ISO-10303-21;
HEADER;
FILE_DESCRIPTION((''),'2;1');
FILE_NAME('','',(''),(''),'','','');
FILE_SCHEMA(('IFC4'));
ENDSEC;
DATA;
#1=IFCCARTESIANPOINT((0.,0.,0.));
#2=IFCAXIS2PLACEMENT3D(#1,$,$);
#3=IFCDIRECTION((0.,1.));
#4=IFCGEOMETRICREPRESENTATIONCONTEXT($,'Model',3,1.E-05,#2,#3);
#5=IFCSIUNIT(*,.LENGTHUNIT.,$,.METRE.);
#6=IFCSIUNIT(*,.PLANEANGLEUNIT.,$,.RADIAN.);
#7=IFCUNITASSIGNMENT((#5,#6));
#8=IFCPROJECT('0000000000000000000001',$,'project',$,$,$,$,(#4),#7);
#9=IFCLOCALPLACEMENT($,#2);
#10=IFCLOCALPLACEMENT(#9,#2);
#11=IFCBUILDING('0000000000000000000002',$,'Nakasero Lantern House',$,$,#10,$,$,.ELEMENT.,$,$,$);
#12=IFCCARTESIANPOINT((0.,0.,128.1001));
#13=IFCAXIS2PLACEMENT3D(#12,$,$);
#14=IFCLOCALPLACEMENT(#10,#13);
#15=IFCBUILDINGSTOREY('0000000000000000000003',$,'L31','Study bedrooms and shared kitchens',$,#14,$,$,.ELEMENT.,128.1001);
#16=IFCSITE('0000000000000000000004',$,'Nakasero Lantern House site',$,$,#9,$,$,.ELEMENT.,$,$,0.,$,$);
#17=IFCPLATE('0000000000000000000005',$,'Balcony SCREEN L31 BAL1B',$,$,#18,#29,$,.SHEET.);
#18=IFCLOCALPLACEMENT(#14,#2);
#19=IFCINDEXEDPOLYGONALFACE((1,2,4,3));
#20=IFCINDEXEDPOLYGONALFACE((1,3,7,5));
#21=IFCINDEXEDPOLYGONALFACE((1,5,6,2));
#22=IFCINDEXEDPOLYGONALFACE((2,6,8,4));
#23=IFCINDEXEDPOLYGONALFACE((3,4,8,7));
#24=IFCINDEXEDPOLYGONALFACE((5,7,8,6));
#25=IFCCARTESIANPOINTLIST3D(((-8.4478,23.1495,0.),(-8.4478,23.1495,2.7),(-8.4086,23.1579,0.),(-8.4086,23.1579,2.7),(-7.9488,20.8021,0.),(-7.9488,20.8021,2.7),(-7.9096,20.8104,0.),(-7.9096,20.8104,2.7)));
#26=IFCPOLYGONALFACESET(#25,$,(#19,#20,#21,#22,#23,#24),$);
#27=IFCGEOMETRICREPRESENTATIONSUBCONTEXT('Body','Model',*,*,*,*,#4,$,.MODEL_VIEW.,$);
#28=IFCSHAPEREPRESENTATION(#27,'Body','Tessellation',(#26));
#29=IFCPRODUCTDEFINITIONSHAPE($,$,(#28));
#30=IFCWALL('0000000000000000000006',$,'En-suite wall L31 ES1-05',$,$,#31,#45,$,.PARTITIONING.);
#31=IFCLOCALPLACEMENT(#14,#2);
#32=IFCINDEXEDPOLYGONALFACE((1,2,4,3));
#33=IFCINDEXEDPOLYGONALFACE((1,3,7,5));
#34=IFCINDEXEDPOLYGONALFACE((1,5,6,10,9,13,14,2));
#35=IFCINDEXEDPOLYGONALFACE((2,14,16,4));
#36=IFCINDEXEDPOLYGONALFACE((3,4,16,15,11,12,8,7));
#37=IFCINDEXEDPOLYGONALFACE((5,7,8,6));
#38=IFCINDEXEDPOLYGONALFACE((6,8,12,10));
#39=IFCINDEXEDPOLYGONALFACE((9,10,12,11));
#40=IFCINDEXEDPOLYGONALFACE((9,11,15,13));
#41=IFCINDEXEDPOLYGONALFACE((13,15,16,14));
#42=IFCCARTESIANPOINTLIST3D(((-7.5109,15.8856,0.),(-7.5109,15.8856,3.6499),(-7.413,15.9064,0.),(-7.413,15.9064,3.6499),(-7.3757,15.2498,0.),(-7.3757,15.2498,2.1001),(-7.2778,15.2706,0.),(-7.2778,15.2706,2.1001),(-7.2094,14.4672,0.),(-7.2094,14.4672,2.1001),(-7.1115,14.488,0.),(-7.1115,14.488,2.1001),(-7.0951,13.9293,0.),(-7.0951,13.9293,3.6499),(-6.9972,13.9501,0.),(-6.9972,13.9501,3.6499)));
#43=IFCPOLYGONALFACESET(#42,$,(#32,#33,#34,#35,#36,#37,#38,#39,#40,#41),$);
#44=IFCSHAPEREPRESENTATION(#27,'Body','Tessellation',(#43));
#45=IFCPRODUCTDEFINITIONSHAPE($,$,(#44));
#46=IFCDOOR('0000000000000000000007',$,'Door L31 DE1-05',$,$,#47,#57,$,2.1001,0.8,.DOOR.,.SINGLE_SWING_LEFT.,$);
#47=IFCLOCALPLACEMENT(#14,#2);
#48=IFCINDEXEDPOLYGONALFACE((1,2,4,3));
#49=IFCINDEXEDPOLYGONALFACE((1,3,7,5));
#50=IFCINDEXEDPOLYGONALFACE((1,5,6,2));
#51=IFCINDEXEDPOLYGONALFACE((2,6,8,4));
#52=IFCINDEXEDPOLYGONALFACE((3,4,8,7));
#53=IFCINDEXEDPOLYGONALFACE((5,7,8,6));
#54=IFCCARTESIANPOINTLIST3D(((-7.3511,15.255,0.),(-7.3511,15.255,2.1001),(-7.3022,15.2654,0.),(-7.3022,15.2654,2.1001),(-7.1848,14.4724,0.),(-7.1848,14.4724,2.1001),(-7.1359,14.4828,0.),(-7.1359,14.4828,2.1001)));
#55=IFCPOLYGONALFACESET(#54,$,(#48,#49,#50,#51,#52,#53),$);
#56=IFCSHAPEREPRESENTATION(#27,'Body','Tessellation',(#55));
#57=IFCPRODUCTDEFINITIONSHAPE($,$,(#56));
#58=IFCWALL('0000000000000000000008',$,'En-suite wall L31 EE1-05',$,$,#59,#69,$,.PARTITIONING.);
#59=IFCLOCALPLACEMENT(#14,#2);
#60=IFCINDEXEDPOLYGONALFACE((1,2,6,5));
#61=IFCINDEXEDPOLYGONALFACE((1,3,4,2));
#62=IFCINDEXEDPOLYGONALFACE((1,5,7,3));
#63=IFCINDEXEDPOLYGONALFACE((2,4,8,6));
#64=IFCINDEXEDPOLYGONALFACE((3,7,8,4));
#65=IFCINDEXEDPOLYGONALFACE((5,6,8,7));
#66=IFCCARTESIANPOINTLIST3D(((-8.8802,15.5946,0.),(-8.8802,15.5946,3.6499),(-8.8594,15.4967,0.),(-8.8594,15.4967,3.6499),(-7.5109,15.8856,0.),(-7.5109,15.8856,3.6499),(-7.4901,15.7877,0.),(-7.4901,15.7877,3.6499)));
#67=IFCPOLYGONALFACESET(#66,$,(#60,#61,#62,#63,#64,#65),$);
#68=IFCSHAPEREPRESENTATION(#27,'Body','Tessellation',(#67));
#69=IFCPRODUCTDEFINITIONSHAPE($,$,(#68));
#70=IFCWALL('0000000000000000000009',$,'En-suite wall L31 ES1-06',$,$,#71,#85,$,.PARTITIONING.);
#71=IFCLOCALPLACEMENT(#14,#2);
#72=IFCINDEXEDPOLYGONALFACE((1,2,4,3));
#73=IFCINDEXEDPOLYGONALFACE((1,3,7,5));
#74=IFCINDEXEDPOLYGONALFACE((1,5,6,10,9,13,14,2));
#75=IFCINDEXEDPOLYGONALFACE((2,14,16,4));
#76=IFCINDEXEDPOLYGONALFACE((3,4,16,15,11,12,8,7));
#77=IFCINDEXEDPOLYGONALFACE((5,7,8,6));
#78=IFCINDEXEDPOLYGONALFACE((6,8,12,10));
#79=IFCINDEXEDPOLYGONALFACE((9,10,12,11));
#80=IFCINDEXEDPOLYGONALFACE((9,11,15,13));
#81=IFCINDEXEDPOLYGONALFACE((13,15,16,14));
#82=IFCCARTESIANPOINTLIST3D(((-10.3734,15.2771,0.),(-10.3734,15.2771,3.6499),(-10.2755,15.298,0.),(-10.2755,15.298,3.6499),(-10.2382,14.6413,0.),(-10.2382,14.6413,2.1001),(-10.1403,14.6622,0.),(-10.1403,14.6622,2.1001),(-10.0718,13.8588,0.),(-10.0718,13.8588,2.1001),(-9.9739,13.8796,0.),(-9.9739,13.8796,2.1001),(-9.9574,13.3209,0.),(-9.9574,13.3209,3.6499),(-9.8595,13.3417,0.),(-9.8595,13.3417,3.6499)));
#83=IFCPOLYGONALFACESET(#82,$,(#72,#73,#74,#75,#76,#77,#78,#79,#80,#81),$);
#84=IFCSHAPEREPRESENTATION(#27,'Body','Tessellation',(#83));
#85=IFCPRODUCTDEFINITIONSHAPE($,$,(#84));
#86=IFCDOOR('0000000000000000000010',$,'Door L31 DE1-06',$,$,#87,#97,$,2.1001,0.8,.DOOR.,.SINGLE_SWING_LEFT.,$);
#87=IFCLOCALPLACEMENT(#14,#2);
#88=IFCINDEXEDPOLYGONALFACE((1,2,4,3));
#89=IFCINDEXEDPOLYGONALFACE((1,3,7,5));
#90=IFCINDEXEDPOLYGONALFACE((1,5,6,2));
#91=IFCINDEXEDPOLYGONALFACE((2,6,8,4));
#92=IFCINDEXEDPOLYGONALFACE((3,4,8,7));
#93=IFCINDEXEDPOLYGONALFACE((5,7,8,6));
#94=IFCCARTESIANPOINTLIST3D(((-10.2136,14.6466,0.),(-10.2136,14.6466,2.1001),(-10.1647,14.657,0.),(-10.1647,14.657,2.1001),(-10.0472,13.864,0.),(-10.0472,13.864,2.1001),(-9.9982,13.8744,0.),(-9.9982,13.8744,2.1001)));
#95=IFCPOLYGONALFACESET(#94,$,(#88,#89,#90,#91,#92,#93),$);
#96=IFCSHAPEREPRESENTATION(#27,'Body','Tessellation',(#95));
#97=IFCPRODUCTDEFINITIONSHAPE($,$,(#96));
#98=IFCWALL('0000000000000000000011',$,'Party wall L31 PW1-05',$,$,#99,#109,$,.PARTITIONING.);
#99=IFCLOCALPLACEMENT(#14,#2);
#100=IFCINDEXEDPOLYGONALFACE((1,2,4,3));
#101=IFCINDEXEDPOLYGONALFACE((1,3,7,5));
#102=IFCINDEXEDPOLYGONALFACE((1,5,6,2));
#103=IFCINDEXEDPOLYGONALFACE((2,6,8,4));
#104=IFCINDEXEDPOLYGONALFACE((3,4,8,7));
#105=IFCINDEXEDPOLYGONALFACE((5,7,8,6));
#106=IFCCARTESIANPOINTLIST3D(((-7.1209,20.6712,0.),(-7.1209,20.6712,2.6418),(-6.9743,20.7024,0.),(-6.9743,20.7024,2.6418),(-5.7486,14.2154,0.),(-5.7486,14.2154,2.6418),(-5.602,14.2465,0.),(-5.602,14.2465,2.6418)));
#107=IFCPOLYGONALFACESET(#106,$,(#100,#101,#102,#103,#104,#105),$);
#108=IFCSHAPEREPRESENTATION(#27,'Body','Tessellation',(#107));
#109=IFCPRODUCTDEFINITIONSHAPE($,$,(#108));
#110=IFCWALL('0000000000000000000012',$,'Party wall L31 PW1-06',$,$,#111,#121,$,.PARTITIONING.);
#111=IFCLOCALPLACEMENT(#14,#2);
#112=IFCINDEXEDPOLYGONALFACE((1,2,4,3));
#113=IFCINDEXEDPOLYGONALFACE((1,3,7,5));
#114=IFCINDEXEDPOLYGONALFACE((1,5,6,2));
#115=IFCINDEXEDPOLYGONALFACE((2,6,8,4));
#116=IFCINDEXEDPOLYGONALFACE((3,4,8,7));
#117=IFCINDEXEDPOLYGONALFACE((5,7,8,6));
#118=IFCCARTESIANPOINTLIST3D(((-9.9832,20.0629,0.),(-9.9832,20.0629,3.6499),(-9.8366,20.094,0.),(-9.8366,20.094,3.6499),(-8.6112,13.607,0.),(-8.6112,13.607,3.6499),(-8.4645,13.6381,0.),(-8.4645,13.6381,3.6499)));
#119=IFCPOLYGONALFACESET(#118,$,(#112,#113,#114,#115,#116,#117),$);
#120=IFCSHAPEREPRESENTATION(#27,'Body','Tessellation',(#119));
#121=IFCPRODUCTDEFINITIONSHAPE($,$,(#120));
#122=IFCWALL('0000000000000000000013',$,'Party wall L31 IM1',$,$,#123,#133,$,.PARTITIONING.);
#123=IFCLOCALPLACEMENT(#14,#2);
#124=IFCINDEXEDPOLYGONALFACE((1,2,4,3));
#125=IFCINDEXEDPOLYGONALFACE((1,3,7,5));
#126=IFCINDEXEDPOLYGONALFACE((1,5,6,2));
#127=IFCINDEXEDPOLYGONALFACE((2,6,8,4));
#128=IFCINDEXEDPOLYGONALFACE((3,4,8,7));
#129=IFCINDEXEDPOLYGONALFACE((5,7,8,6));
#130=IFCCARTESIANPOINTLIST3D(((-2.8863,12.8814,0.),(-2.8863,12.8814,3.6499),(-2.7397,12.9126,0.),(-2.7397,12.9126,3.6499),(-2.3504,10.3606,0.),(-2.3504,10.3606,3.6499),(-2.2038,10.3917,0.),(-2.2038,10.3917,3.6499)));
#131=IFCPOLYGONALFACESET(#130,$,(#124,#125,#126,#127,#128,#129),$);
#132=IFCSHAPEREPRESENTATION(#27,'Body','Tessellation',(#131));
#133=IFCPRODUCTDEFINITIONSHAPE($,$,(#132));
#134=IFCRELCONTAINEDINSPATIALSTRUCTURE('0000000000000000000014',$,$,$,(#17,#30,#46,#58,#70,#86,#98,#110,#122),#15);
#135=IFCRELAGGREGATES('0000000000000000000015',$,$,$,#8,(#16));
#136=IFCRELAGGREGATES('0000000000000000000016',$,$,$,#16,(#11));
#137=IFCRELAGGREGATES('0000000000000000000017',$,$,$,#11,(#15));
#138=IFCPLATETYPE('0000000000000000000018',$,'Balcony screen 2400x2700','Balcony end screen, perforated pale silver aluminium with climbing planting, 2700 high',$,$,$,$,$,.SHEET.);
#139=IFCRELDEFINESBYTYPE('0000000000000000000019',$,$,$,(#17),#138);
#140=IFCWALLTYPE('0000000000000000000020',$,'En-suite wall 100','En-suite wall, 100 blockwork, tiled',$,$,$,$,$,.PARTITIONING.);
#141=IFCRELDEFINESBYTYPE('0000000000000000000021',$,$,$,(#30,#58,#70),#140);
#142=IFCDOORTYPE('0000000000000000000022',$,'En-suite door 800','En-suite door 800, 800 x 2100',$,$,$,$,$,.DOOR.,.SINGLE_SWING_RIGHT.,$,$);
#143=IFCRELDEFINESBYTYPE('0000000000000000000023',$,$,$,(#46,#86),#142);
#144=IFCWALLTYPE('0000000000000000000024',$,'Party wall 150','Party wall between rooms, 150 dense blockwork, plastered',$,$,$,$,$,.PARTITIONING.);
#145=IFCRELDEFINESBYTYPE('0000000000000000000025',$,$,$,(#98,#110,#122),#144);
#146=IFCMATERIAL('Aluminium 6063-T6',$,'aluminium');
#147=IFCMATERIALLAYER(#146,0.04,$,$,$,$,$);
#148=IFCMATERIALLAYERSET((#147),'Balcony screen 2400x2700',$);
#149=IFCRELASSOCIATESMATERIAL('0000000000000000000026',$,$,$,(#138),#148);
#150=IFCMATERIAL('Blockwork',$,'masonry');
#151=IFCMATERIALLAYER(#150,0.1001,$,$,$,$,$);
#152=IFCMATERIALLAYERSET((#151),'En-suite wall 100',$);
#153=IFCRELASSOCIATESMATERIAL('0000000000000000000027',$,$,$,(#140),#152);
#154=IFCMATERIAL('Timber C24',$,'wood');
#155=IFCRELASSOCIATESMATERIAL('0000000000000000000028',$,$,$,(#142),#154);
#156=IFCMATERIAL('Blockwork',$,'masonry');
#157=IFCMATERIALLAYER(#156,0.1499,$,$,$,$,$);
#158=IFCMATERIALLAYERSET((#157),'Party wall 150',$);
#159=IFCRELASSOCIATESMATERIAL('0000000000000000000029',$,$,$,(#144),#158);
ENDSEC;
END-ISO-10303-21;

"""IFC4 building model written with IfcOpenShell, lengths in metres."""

from ifc_helpers import new_model, si_unit, direction, frame, frame_2d, origin, origin_2d, place, context, subcontext, project, spatial, rectangle, extrude, material, layer, layer_set, type_object, element, fill, save


model = new_model("IFC4")

# Units and contexts
model_context = context("Model", 3, precision=1e-05, world=origin(), true_north=direction((0.0, 1.0)))
body_context = subcontext(model_context, "Body", "Model", "MODEL_VIEW")
ifc_project = project(units=[si_unit("LENGTHUNIT", "METRE"), si_unit("PLANEANGLEUNIT", "RADIAN")], contexts=[model_context])

# Site, building, storey
site_placement = place(None, origin())
site = spatial("IfcSite", under=ifc_project, at=site_placement, Name="Nakasero Lantern House site", CompositionType="ELEMENT", RefElevation=0.0)
building_placement = place(site_placement, origin())
building = spatial("IfcBuilding", under=site, at=building_placement, Name="Nakasero Lantern House", CompositionType="ELEMENT")
storey_placement = place(building_placement, frame((0.0, 0.0, 128.1001)))
storey = spatial("IfcBuildingStorey", under=building, at=storey_placement, Name="L31", Description="Study bedrooms and shared kitchens", CompositionType="ELEMENT", Elevation=128.1001)

# Plate
ifc_material_1 = material(Name="Aluminium 6063-T6", Category="aluminium")
ifc_layer_1 = layer(ifc_material_1, 0.04)
ifc_layer_set_1 = layer_set([ifc_layer_1], Name="Balcony screen 2400x2700")
plate_type_1 = type_object("IfcPlateType", Name="Balcony screen 2400x2700", Description="Balcony end screen, perforated pale silver aluminium with climbing planting, 2700 high", PredefinedType="SHEET", material=ifc_layer_set_1)
for number, where, z_axis, x_axis, name in (
    (1, (-8.1787, 21.98, 0.0), (0.0, 0.0, 1.0), (-0.207912, 0.978148, 0.0), "Balcony SCREEN L31 BAL1B"),
):
    element("IfcPlate", number, at=place(storey_placement, frame(where, z_axis=z_axis, x_axis=x_axis)), inside=storey, type_object=plate_type_1, Name=name, PredefinedType="SHEET", context=body_context, shape_type="SweptSolid", body=[
        extrude(rectangle(XDim=2.3999, YDim=0.04, at=origin_2d()), origin(), (0.0, 0.0, 1.0), 2.7),
    ])

# Wall, opening, door
ifc_material_2 = material(Name="Blockwork", Category="masonry")
ifc_layer_2 = layer(ifc_material_2, 0.1001)
ifc_layer_set_2 = layer_set([ifc_layer_2], Name="En-suite wall 100")
wall_type_1 = type_object("IfcWallType", Name="En-suite wall 100", Description="En-suite wall, 100 blockwork, tiled", PredefinedType="PARTITIONING", material=ifc_layer_set_2)
wall_1_placement = place(storey_placement, frame((-7.0461, 13.9397, 0.0), z_axis=(0.0, 0.0, 1.0), x_axis=(-0.207886, 0.978153, 0.0)))
wall_1 = element("IfcWall", 2, at=wall_1_placement, inside=storey, type_object=wall_type_1, Name="En-suite wall L31 ES1-05", PredefinedType="PARTITIONING", context=body_context, shape_type="SweptSolid", body=[
    extrude(rectangle(XDim=2.0, YDim=0.1001, at=frame_2d((1.0, 0.0))), origin(), (0.0, 0.0, 1.0), 3.6499),
])
opening_1_placement = place(wall_1_placement, frame((0.55, 0.0, 0.0)))
opening_1 = element("IfcOpeningElement", 3, at=opening_1_placement, cuts=wall_1, PredefinedType="OPENING", context=body_context, shape_type="SweptSolid", body=[
    extrude(rectangle(XDim=0.8, YDim=2.1001, at=frame_2d((0.3999, 1.05))), frame((0.0, 0.0701, 0.0), z_axis=(0.0, -1.0, 0.0), x_axis=(1.0, 0.0, 0.0)), (0.0, 0.0, 1.0), 0.1401),
])
ifc_material_3 = material(Name="Timber C24", Category="wood")
door_type = type_object("IfcDoorType", Name="En-suite door 800", Description="En-suite door 800, 800 x 2100", OperationType="SINGLE_SWING_RIGHT", PredefinedType="DOOR", material=ifc_material_3)
door_1_placement = place(opening_1_placement, origin())
door_1 = element("IfcDoor", 4, at=door_1_placement, inside=storey, type_object=door_type, Name="Door L31 DE1-05", OperationType="SINGLE_SWING_LEFT", OverallHeight=2.1001, OverallWidth=0.8, PredefinedType="DOOR", context=body_context, shape_type="SweptSolid", body=[
    extrude(rectangle(XDim=0.8, YDim=2.1001, at=frame_2d((0.3999, 1.05))), frame((0.0, 0.0249, 0.0), z_axis=(0.0, -1.0, 0.0), x_axis=(1.0, 0.0, 0.0)), (0.0, 0.0, 1.0), 0.05),
])
fill(opening_1, door_1)

# Wall
wall_2_placement = place(storey_placement, frame((-7.5005, 15.8367, 0.0), z_axis=(0.0, 0.0, 1.0), x_axis=(-0.978156, -0.207873, 0.0)))
element("IfcWall", 5, at=wall_2_placement, inside=storey, type_object=wall_type_1, Name="En-suite wall L31 EE1-05", PredefinedType="PARTITIONING", context=body_context, shape_type="SweptSolid", body=[
    extrude(rectangle(XDim=1.3999, YDim=0.1001, at=frame_2d((0.7, 0.0))), origin(), (0.0, 0.0, 1.0), 3.6499),
])

# Wall, opening, door
wall_3_placement = place(storey_placement, frame((-9.9084, 13.3313, 0.0), z_axis=(0.0, 0.0, 1.0), x_axis=(-0.208003, 0.978128, 0.0)))
wall_3 = element("IfcWall", 6, at=wall_3_placement, inside=storey, type_object=wall_type_1, Name="En-suite wall L31 ES1-06", PredefinedType="PARTITIONING", context=body_context, shape_type="SweptSolid", body=[
    extrude(rectangle(XDim=2.0, YDim=0.1001, at=frame_2d((1.0, 0.0))), origin(), (0.0, 0.0, 1.0), 3.6499),
])
opening_2_placement = place(wall_3_placement, frame((0.55, 0.0, 0.0)))
opening_2 = element("IfcOpeningElement", 7, at=opening_2_placement, cuts=wall_3, PredefinedType="OPENING", context=body_context, shape_type="SweptSolid", body=[
    extrude(rectangle(XDim=0.8, YDim=2.1001, at=frame_2d((0.3999, 1.05))), frame((0.0, 0.0701, 0.0), z_axis=(0.0, -1.0, 0.0), x_axis=(1.0, 0.0, 0.0)), (0.0, 0.0, 1.0), 0.1401),
])
door_2_placement = place(opening_2_placement, origin())
door_2 = element("IfcDoor", 8, at=door_2_placement, inside=storey, type_object=door_type, Name="Door L31 DE1-06", OperationType="SINGLE_SWING_LEFT", OverallHeight=2.1001, OverallWidth=0.8, PredefinedType="DOOR", context=body_context, shape_type="SweptSolid", body=[
    extrude(rectangle(XDim=0.8, YDim=2.1001, at=frame_2d((0.3999, 1.05))), frame((0.0, 0.0249, 0.0), z_axis=(0.0, -1.0, 0.0), x_axis=(1.0, 0.0, 0.0)), (0.0, 0.0, 1.0), 0.05),
])
fill(opening_2, door_2)

# Walls
ifc_material_4 = material(Name="Blockwork", Category="masonry")
ifc_layer_3 = layer(ifc_material_4, 0.1499)
ifc_layer_set_3 = layer_set([ifc_layer_3], Name="Party wall 150")
wall_type_2 = type_object("IfcWallType", Name="Party wall 150", Description="Party wall between rooms, 150 dense blockwork, plastered", PredefinedType="PARTITIONING", material=ifc_layer_set_3)
wall_4_placement = place(storey_placement, frame((-5.6753, 14.231, 0.0), z_axis=(0.0, 0.0, 1.0), x_axis=(-0.207925, 0.978145, 0.0)))
element("IfcWall", 9, at=wall_4_placement, inside=storey, type_object=wall_type_2, Name="Party wall L31 PW1-05", PredefinedType="PARTITIONING", context=body_context, shape_type="SweptSolid", body=[
    extrude(rectangle(XDim=6.6001, YDim=0.1499, at=frame_2d((3.3, 0.0))), origin(), (0.0, 0.0, 1.0), 2.6418),
])
wall_5_placement = place(storey_placement, frame((-8.5378, 13.6226, 0.0), z_axis=(0.0, 0.0, 1.0), x_axis=(-0.207889, 0.978152, 0.0)))
element("IfcWall", 10, at=wall_5_placement, inside=storey, type_object=wall_type_2, Name="Party wall L31 PW1-06", PredefinedType="PARTITIONING", context=body_context, shape_type="SweptSolid", body=[
    extrude(rectangle(XDim=6.6001, YDim=0.1499, at=frame_2d((3.3, 0.0))), origin(), (0.0, 0.0, 1.0), 3.6499),
])
wall_6_placement = place(storey_placement, frame((-2.813, 12.897, 0.0), z_axis=(0.0, 0.0, 1.0), x_axis=(0.207944, -0.978141, 0.0)))
element("IfcWall", 11, at=wall_6_placement, inside=storey, type_object=wall_type_2, Name="Party wall L31 IM1", PredefinedType="PARTITIONING", context=body_context, shape_type="SweptSolid", body=[
    extrude(rectangle(XDim=2.5771, YDim=0.1499, at=frame_2d((1.2886, 0.0))), origin(), (0.0, 0.0, 1.0), 3.6499),
])

save(model, "model.ifc")
